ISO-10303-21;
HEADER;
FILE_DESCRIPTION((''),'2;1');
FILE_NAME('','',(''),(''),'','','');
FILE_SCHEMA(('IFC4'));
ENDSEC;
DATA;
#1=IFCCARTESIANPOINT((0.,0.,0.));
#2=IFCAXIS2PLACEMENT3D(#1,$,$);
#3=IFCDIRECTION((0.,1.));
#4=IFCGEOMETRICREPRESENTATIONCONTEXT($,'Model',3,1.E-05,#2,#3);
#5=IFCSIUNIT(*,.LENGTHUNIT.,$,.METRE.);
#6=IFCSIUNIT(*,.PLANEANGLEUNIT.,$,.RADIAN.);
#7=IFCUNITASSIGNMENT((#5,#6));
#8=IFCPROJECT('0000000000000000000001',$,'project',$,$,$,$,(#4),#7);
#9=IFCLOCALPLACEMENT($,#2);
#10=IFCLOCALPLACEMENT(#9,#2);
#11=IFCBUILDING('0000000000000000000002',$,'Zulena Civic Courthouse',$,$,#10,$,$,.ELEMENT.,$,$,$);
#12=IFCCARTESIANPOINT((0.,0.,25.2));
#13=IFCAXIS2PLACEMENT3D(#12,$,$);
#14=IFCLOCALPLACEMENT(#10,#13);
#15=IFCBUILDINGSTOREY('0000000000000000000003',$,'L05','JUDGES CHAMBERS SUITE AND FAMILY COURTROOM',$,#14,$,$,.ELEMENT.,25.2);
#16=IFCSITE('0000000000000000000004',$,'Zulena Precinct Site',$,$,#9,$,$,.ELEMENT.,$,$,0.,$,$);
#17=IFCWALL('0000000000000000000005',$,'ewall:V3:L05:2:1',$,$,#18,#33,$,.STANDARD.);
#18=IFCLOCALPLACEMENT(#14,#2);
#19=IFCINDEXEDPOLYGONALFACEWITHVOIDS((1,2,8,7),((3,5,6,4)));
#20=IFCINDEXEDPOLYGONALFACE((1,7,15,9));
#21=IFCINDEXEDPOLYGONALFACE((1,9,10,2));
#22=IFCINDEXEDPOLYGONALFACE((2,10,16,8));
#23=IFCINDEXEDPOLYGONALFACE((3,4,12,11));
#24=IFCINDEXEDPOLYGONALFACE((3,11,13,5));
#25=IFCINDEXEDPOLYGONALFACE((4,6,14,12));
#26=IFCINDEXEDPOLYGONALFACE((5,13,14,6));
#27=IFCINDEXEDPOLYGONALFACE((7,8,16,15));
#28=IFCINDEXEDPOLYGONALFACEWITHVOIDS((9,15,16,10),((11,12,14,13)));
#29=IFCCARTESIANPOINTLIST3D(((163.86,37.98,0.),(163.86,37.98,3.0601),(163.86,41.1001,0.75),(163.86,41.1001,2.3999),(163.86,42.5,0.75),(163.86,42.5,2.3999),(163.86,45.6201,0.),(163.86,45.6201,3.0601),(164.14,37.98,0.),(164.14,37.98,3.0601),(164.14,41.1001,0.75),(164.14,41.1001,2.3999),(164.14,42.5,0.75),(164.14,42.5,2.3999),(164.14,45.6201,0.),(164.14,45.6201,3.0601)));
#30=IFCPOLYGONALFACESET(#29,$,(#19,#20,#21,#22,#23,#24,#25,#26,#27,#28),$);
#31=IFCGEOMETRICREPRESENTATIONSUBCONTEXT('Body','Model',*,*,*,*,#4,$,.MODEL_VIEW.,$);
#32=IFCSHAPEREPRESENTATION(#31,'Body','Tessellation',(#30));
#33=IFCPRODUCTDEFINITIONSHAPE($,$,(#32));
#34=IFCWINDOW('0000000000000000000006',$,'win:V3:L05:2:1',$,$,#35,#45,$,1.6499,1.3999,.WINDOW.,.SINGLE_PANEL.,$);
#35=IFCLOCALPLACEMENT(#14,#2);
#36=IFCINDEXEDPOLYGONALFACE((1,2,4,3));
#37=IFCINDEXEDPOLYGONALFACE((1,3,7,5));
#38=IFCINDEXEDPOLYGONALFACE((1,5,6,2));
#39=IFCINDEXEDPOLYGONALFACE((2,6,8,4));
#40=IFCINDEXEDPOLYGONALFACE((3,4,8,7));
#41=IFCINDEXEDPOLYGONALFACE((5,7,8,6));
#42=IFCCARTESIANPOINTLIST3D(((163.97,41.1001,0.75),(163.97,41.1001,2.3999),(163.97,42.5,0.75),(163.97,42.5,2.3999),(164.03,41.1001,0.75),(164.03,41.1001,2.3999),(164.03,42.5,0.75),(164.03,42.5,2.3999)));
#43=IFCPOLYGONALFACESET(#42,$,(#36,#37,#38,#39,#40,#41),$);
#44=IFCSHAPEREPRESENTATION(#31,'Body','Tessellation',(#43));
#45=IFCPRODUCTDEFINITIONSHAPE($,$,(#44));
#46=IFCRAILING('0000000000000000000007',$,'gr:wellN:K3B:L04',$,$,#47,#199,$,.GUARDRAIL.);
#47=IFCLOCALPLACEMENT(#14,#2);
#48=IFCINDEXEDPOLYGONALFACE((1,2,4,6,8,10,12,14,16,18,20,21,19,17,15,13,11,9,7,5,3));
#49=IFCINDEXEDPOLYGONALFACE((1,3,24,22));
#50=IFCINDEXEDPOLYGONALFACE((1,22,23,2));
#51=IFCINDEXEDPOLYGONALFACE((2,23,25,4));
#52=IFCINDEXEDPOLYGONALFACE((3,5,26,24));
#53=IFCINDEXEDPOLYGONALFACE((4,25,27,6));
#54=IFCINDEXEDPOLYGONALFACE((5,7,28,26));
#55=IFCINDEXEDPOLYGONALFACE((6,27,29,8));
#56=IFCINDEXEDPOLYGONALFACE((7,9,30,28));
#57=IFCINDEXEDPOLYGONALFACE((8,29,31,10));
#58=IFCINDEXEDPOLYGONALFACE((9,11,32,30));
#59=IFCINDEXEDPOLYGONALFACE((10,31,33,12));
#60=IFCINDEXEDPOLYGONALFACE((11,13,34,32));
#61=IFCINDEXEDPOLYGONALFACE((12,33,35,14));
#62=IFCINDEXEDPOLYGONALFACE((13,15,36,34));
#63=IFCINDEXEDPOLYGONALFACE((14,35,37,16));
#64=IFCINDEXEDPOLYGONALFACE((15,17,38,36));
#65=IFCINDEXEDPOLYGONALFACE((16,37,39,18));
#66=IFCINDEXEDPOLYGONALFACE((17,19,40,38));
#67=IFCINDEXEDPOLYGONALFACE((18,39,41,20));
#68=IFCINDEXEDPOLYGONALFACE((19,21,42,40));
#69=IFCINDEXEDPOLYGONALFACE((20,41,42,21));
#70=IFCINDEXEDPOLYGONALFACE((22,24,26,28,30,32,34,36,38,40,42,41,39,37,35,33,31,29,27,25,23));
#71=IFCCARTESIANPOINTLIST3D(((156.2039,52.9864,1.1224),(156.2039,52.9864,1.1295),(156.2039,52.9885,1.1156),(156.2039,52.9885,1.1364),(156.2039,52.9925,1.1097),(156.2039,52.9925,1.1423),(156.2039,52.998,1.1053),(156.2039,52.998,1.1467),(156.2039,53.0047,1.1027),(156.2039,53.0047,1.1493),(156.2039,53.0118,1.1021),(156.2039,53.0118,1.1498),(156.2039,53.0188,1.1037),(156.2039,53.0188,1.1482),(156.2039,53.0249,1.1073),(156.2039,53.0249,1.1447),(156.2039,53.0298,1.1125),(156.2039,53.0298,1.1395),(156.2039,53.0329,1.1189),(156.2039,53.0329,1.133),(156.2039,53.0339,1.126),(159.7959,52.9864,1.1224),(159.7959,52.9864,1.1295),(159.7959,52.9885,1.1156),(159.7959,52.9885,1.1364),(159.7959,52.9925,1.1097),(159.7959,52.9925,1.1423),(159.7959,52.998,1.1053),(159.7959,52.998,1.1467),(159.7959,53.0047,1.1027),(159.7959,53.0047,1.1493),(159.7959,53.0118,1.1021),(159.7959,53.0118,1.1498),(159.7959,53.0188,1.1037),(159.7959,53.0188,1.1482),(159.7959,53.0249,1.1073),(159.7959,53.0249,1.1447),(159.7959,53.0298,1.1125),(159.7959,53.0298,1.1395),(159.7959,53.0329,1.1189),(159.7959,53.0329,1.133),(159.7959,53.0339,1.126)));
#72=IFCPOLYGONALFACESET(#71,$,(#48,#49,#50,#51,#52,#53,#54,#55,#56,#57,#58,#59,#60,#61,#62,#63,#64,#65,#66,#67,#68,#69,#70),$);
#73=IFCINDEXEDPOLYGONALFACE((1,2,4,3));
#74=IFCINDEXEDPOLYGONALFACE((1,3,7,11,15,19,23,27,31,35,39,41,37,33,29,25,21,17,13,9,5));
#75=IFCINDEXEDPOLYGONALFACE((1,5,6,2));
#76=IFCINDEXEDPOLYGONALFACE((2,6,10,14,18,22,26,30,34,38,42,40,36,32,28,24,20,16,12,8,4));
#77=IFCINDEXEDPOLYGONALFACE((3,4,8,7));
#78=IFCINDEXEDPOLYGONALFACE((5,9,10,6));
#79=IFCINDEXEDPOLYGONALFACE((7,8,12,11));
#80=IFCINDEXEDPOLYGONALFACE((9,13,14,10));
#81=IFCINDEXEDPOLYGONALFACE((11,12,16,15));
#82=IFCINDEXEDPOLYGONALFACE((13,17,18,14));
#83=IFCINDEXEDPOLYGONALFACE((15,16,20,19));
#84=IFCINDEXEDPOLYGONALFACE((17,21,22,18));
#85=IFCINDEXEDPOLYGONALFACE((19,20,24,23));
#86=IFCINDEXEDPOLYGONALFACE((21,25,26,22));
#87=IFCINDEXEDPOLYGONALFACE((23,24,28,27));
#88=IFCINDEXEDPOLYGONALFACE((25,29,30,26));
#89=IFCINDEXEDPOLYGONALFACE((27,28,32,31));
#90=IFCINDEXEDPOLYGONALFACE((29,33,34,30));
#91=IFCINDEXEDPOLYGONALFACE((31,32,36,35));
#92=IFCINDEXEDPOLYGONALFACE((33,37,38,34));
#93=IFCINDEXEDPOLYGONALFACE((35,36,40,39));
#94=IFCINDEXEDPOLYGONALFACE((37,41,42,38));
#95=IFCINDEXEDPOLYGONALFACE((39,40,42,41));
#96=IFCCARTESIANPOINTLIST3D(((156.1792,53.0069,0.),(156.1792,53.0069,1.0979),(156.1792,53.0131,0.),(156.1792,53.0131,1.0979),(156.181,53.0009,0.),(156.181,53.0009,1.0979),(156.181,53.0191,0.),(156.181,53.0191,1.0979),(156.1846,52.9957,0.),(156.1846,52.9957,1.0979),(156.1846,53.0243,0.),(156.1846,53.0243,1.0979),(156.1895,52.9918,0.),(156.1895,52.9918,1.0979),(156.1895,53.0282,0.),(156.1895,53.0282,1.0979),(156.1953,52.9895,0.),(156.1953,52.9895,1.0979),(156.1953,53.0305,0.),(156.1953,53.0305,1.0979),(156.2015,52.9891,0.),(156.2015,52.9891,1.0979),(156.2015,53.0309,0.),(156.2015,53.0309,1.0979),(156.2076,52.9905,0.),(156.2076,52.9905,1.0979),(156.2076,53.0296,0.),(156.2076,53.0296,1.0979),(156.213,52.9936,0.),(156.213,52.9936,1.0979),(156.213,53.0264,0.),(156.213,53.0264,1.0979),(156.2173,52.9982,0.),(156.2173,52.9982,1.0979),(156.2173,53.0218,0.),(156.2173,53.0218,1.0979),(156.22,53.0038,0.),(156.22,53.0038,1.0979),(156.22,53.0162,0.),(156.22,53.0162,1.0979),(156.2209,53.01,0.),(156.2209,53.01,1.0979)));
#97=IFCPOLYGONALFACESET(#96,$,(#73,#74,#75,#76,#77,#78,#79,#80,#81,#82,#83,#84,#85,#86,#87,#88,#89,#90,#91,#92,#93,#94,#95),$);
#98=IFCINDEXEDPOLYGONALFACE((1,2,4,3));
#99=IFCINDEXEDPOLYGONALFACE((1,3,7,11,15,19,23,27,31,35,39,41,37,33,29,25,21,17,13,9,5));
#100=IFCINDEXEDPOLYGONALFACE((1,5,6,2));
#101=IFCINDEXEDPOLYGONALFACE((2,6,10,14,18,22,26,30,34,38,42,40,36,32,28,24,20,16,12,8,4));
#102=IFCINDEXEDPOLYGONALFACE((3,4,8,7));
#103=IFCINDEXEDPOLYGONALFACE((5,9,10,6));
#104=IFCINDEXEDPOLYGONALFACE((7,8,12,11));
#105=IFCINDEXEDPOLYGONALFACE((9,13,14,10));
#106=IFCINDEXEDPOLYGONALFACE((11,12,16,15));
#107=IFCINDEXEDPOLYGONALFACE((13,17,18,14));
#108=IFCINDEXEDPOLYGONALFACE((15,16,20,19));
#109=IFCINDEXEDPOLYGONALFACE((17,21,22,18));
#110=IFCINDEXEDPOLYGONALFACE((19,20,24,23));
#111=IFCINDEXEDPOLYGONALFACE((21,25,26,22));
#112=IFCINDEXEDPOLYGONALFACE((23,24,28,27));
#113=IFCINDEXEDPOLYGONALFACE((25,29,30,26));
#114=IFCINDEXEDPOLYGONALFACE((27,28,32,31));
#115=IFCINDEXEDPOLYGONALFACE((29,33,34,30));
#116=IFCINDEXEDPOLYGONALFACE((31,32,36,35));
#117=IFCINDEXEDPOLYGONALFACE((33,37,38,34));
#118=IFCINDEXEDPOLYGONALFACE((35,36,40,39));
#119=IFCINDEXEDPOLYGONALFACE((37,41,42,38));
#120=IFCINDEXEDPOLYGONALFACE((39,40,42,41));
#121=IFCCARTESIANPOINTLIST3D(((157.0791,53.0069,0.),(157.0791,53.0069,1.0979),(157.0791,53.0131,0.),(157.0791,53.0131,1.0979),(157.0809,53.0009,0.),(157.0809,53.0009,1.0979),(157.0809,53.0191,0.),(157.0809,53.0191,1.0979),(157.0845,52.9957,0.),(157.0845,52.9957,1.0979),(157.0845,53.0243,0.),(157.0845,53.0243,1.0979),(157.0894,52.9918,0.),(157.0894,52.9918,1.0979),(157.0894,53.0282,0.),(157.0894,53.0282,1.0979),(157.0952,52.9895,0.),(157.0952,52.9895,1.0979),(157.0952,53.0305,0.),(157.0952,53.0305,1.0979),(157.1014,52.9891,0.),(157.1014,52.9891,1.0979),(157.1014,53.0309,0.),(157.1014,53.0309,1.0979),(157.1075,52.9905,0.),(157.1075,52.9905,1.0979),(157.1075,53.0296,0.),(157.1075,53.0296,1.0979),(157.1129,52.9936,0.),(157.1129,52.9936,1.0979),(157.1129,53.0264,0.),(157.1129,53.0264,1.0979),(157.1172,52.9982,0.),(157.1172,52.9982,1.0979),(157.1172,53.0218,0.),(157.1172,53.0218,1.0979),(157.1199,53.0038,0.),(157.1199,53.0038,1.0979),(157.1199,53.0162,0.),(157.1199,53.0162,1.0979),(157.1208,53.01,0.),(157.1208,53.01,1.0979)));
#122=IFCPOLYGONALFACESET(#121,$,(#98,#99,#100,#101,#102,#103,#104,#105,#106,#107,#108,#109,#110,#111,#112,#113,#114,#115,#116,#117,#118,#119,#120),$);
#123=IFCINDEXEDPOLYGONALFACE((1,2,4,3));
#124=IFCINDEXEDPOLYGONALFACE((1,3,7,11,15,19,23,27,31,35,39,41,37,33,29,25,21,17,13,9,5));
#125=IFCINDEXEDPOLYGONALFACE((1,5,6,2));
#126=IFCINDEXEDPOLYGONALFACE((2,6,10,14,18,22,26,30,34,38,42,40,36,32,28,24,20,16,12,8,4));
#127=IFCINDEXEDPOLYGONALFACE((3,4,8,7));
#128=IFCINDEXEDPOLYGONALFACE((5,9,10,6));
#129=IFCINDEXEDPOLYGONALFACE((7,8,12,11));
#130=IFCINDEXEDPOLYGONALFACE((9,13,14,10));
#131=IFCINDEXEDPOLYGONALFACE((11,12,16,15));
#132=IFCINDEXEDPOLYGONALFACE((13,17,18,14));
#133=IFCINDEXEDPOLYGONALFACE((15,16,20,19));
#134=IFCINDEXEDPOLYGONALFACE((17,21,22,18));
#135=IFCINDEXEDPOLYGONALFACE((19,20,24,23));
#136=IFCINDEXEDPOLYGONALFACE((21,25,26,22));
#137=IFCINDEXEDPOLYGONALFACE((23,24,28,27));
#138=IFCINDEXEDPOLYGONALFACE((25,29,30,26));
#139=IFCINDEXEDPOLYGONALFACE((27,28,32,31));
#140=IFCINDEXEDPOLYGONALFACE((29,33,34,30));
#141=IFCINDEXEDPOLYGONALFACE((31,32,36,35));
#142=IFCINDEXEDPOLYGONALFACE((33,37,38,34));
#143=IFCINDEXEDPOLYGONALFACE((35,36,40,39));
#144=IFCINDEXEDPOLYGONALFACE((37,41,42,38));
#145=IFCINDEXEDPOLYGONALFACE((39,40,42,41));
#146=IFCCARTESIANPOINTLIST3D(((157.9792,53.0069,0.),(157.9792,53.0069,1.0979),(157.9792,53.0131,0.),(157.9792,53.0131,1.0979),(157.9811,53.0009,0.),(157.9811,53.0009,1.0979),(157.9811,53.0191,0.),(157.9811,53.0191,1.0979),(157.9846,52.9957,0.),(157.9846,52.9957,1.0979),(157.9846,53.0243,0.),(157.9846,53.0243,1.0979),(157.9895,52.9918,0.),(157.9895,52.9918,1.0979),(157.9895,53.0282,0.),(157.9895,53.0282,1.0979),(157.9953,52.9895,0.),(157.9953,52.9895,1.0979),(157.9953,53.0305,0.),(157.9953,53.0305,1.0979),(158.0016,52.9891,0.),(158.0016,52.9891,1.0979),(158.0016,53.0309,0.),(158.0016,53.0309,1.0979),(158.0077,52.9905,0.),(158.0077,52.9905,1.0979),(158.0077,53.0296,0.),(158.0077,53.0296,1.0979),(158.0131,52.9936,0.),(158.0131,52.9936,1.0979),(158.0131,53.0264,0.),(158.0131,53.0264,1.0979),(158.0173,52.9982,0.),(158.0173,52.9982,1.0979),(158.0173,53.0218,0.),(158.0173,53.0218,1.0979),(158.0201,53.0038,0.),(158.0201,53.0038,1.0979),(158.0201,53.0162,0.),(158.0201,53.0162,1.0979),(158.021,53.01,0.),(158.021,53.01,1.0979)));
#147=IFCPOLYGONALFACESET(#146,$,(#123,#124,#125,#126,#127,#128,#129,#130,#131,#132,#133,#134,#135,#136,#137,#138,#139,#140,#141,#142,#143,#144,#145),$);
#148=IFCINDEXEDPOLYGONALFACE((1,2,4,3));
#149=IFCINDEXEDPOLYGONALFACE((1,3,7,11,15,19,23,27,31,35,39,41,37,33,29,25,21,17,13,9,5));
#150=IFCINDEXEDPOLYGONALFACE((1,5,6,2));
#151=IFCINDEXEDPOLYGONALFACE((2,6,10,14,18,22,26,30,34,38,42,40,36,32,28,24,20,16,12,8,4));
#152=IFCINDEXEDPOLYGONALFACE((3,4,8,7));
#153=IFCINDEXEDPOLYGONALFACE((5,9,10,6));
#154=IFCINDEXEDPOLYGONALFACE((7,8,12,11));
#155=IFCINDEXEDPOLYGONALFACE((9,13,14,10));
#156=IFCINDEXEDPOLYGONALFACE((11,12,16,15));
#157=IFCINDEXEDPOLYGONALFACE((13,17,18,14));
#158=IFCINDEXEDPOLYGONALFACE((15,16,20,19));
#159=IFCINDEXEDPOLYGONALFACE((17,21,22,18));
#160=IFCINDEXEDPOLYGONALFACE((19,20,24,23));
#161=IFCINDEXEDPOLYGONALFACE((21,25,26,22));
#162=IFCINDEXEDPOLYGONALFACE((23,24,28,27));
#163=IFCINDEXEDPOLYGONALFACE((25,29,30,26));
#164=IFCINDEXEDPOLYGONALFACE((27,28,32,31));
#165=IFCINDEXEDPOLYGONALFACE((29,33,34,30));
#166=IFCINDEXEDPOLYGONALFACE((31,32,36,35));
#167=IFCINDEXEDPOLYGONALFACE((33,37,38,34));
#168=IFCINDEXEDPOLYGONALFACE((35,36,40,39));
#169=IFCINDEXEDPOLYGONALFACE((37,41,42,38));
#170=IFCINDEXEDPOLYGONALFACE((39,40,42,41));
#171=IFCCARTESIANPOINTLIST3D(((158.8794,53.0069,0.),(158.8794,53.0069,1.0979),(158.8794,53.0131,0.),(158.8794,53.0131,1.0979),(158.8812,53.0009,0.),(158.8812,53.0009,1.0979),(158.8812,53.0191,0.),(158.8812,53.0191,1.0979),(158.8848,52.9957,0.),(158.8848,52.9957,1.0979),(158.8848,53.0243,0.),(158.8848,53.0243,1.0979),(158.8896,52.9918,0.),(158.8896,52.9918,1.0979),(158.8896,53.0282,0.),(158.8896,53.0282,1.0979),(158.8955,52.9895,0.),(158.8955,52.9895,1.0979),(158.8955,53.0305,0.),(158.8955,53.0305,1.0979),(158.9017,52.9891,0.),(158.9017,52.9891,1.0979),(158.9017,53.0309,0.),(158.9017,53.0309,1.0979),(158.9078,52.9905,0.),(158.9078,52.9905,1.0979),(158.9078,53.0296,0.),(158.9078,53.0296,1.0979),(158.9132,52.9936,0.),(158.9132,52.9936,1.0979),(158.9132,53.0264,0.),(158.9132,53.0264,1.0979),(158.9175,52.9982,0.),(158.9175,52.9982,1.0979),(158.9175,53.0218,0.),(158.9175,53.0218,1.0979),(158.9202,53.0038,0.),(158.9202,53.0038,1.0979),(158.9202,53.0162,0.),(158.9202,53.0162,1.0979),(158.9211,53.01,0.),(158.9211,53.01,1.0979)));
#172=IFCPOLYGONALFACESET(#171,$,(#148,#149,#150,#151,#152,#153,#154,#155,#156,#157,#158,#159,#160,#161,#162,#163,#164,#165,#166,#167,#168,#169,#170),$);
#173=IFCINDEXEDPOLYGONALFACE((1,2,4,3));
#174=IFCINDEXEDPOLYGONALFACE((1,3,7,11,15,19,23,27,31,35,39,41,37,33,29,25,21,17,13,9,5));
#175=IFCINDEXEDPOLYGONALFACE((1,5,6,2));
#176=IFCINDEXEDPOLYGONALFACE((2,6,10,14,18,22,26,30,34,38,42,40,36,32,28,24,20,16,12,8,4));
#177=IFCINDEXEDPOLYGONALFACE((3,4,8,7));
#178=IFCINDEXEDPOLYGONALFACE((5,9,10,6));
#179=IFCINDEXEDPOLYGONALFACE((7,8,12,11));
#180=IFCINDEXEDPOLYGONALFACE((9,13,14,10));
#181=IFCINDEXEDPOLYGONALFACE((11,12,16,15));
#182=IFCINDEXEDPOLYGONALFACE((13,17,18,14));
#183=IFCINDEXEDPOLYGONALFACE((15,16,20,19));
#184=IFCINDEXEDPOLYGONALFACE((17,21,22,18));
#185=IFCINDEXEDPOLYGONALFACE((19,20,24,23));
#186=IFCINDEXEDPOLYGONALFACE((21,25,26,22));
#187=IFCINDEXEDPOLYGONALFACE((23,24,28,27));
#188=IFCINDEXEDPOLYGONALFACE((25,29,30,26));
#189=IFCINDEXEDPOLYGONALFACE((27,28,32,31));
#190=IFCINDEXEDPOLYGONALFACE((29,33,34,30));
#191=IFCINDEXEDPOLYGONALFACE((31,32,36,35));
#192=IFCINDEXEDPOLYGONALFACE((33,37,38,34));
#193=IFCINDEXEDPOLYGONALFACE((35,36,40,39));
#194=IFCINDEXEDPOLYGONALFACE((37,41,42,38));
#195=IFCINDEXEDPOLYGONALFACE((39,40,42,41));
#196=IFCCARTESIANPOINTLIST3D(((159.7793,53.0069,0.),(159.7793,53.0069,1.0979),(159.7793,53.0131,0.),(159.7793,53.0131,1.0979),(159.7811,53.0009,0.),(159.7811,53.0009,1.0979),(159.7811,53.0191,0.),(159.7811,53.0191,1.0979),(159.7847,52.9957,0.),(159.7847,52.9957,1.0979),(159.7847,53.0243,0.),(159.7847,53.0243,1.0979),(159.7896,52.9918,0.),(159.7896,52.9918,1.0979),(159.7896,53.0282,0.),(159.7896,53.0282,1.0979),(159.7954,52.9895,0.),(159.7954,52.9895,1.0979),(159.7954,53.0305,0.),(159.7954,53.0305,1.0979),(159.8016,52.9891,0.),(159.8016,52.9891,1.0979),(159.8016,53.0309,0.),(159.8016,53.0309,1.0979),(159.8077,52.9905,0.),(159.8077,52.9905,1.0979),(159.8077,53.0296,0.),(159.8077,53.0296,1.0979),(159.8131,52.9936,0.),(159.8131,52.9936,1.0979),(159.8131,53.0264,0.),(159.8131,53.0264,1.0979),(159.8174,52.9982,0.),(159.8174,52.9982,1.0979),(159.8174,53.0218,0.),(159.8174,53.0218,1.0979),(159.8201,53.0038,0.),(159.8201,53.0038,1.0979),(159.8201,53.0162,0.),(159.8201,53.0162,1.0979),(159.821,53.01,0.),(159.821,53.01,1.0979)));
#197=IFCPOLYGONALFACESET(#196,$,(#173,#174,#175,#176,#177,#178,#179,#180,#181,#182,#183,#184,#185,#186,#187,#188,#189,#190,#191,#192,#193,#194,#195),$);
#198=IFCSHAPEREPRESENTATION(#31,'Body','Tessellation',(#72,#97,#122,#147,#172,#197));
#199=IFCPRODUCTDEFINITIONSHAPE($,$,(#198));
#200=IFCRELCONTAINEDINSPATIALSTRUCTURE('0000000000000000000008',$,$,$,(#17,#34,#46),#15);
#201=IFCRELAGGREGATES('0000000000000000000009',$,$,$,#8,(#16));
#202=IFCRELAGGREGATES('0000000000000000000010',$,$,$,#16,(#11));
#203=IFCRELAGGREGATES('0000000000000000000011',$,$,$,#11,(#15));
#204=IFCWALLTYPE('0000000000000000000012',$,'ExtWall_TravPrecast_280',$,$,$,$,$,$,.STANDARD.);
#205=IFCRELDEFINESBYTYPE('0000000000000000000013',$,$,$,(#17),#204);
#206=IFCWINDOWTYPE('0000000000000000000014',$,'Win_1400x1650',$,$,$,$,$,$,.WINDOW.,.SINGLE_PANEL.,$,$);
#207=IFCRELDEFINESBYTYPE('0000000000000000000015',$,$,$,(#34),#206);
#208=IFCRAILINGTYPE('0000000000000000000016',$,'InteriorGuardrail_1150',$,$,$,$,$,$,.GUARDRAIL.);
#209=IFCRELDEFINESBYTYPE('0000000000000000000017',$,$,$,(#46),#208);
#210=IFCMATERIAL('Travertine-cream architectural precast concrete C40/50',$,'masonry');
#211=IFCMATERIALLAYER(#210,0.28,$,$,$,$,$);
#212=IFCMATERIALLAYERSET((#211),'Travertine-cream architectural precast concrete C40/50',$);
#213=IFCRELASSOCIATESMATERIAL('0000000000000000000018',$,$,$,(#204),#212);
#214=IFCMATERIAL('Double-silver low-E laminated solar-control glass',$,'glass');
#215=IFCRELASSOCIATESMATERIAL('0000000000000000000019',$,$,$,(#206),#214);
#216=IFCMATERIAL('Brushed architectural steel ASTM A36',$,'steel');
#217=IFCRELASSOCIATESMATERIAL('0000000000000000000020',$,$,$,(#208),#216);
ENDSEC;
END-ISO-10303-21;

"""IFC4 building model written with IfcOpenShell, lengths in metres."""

from ifc_helpers import new_model, si_unit, direction, frame, frame_2d, origin, origin_2d, place, context, subcontext, project, spatial, rectangle, circle, extrude, material, layer, layer_set, type_object, element, fill, save


model = new_model("IFC4")

# Units and contexts
model_context = context("Model", 3, precision=1e-05, world=origin(), true_north=direction((0.0, 1.0)))
body_context = subcontext(model_context, "Body", "Model", "MODEL_VIEW")
ifc_project = project(units=[si_unit("LENGTHUNIT", "METRE"), si_unit("PLANEANGLEUNIT", "RADIAN")], contexts=[model_context])

# Site, building, storey
site_placement = place(None, origin())
site = spatial("IfcSite", under=ifc_project, at=site_placement, Name="Zulena Precinct Site", CompositionType="ELEMENT", RefElevation=0.0)
building_placement = place(site_placement, origin())
building = spatial("IfcBuilding", under=site, at=building_placement, Name="Zulena Civic Courthouse", CompositionType="ELEMENT")
storey_placement = place(building_placement, frame((0.0, 0.0, 25.2)))
storey = spatial("IfcBuildingStorey", under=building, at=storey_placement, Name="L05", Description="JUDGES CHAMBERS SUITE AND FAMILY COURTROOM", CompositionType="ELEMENT", Elevation=25.2)

# Wall, opening, window
ifc_material_1 = material(Name="Travertine-cream architectural precast concrete C40/50", Category="masonry")
ifc_layer_1 = layer(ifc_material_1, 0.28)
ifc_layer_set_1 = layer_set([ifc_layer_1], Name="Travertine-cream architectural precast concrete C40/50")
wall_type_1 = type_object("IfcWallType", Name="ExtWall_TravPrecast_280", PredefinedType="STANDARD", material=ifc_layer_set_1)
wall_1_placement = place(storey_placement, frame((164.0, 45.6201, 0.0), z_axis=(0.0, 0.0, 1.0), x_axis=(0.0, -1.0, 0.0)))
wall_1 = element("IfcWall", 1, at=wall_1_placement, inside=storey, type_object=wall_type_1, Name="ewall:V3:L05:2:1", PredefinedType="STANDARD", context=body_context, shape_type="SweptSolid", body=[
    extrude(rectangle(XDim=7.6401, YDim=0.28, at=frame_2d((3.8201, 0.0))), origin(), (0.0, 0.0, 1.0), 3.0601),
])
opening_1_placement = place(wall_1_placement, frame((3.1201, 0.0, 0.75)))
opening_1 = element("IfcOpeningElement", 2, at=opening_1_placement, cuts=wall_1, PredefinedType="OPENING", context=body_context, shape_type="SweptSolid", body=[
    extrude(rectangle(XDim=1.3999, YDim=1.6499, at=frame_2d((0.7, 0.825))), frame((0.0, 0.1499, 0.0), z_axis=(0.0, -1.0, 0.0), x_axis=(1.0, 0.0, 0.0)), (0.0, 0.0, 1.0), 0.3),
])
ifc_material_2 = material(Name="Double-silver low-E laminated solar-control glass", Category="glass")
window_type = type_object("IfcWindowType", Name="Win_1400x1650", PartitioningType="SINGLE_PANEL", PredefinedType="WINDOW", material=ifc_material_2)
window_placement = place(opening_1_placement, origin())
window = element("IfcWindow", 3, at=window_placement, inside=storey, type_object=window_type, Name="win:V3:L05:2:1", OverallHeight=1.6499, OverallWidth=1.3999, PartitioningType="SINGLE_PANEL", PredefinedType="WINDOW", context=body_context, shape_type="SweptSolid", body=[
    extrude(rectangle(XDim=1.3999, YDim=1.6499, at=frame_2d((0.7, 0.825))), frame((0.0, 0.03, 0.0), z_axis=(0.0, -1.0, 0.0), x_axis=(1.0, 0.0, 0.0)), (0.0, 0.0, 1.0), 0.0601),
])
fill(opening_1, window)

# Railing
ifc_material_3 = material(Name="Brushed architectural steel ASTM A36", Category="steel")
railing_type = type_object("IfcRailingType", Name="InteriorGuardrail_1150", PredefinedType="GUARDRAIL", material=ifc_material_3)
railing_1_placement = place(storey_placement, frame((156.2, 53.01, 0.0)))
element("IfcRailing", 4, at=railing_1_placement, inside=storey, type_object=railing_type, Name="gr:wellN:K3B:L04", PredefinedType="GUARDRAIL", context=body_context, shape_type="SweptSolid", body=[
    extrude(circle(Radius=0.0239, at=origin_2d()), frame((0.0039, 0.0, 1.126), z_axis=(1.0, 0.0, 0.0), x_axis=(0.0, 1.0, 0.0)), (0.0, 0.0, 1.0), 3.592),
    extrude(circle(Radius=0.021, at=origin_2d()), origin(), (0.0, 0.0, 1.0), 1.0979),
    extrude(circle(Radius=0.021, at=origin_2d()), frame((0.8999, 0.0, 0.0)), (0.0, 0.0, 1.0), 1.0979),
    extrude(circle(Radius=0.021, at=origin_2d()), frame((1.8, 0.0, 0.0)), (0.0, 0.0, 1.0), 1.0979),
    extrude(circle(Radius=0.021, at=origin_2d()), frame((2.7002, 0.0, 0.0)), (0.0, 0.0, 1.0), 1.0979),
    extrude(circle(Radius=0.021, at=origin_2d()), frame((3.6001, 0.0, 0.0)), (0.0, 0.0, 1.0), 1.0979),
])

save(model, "model.ifc")
